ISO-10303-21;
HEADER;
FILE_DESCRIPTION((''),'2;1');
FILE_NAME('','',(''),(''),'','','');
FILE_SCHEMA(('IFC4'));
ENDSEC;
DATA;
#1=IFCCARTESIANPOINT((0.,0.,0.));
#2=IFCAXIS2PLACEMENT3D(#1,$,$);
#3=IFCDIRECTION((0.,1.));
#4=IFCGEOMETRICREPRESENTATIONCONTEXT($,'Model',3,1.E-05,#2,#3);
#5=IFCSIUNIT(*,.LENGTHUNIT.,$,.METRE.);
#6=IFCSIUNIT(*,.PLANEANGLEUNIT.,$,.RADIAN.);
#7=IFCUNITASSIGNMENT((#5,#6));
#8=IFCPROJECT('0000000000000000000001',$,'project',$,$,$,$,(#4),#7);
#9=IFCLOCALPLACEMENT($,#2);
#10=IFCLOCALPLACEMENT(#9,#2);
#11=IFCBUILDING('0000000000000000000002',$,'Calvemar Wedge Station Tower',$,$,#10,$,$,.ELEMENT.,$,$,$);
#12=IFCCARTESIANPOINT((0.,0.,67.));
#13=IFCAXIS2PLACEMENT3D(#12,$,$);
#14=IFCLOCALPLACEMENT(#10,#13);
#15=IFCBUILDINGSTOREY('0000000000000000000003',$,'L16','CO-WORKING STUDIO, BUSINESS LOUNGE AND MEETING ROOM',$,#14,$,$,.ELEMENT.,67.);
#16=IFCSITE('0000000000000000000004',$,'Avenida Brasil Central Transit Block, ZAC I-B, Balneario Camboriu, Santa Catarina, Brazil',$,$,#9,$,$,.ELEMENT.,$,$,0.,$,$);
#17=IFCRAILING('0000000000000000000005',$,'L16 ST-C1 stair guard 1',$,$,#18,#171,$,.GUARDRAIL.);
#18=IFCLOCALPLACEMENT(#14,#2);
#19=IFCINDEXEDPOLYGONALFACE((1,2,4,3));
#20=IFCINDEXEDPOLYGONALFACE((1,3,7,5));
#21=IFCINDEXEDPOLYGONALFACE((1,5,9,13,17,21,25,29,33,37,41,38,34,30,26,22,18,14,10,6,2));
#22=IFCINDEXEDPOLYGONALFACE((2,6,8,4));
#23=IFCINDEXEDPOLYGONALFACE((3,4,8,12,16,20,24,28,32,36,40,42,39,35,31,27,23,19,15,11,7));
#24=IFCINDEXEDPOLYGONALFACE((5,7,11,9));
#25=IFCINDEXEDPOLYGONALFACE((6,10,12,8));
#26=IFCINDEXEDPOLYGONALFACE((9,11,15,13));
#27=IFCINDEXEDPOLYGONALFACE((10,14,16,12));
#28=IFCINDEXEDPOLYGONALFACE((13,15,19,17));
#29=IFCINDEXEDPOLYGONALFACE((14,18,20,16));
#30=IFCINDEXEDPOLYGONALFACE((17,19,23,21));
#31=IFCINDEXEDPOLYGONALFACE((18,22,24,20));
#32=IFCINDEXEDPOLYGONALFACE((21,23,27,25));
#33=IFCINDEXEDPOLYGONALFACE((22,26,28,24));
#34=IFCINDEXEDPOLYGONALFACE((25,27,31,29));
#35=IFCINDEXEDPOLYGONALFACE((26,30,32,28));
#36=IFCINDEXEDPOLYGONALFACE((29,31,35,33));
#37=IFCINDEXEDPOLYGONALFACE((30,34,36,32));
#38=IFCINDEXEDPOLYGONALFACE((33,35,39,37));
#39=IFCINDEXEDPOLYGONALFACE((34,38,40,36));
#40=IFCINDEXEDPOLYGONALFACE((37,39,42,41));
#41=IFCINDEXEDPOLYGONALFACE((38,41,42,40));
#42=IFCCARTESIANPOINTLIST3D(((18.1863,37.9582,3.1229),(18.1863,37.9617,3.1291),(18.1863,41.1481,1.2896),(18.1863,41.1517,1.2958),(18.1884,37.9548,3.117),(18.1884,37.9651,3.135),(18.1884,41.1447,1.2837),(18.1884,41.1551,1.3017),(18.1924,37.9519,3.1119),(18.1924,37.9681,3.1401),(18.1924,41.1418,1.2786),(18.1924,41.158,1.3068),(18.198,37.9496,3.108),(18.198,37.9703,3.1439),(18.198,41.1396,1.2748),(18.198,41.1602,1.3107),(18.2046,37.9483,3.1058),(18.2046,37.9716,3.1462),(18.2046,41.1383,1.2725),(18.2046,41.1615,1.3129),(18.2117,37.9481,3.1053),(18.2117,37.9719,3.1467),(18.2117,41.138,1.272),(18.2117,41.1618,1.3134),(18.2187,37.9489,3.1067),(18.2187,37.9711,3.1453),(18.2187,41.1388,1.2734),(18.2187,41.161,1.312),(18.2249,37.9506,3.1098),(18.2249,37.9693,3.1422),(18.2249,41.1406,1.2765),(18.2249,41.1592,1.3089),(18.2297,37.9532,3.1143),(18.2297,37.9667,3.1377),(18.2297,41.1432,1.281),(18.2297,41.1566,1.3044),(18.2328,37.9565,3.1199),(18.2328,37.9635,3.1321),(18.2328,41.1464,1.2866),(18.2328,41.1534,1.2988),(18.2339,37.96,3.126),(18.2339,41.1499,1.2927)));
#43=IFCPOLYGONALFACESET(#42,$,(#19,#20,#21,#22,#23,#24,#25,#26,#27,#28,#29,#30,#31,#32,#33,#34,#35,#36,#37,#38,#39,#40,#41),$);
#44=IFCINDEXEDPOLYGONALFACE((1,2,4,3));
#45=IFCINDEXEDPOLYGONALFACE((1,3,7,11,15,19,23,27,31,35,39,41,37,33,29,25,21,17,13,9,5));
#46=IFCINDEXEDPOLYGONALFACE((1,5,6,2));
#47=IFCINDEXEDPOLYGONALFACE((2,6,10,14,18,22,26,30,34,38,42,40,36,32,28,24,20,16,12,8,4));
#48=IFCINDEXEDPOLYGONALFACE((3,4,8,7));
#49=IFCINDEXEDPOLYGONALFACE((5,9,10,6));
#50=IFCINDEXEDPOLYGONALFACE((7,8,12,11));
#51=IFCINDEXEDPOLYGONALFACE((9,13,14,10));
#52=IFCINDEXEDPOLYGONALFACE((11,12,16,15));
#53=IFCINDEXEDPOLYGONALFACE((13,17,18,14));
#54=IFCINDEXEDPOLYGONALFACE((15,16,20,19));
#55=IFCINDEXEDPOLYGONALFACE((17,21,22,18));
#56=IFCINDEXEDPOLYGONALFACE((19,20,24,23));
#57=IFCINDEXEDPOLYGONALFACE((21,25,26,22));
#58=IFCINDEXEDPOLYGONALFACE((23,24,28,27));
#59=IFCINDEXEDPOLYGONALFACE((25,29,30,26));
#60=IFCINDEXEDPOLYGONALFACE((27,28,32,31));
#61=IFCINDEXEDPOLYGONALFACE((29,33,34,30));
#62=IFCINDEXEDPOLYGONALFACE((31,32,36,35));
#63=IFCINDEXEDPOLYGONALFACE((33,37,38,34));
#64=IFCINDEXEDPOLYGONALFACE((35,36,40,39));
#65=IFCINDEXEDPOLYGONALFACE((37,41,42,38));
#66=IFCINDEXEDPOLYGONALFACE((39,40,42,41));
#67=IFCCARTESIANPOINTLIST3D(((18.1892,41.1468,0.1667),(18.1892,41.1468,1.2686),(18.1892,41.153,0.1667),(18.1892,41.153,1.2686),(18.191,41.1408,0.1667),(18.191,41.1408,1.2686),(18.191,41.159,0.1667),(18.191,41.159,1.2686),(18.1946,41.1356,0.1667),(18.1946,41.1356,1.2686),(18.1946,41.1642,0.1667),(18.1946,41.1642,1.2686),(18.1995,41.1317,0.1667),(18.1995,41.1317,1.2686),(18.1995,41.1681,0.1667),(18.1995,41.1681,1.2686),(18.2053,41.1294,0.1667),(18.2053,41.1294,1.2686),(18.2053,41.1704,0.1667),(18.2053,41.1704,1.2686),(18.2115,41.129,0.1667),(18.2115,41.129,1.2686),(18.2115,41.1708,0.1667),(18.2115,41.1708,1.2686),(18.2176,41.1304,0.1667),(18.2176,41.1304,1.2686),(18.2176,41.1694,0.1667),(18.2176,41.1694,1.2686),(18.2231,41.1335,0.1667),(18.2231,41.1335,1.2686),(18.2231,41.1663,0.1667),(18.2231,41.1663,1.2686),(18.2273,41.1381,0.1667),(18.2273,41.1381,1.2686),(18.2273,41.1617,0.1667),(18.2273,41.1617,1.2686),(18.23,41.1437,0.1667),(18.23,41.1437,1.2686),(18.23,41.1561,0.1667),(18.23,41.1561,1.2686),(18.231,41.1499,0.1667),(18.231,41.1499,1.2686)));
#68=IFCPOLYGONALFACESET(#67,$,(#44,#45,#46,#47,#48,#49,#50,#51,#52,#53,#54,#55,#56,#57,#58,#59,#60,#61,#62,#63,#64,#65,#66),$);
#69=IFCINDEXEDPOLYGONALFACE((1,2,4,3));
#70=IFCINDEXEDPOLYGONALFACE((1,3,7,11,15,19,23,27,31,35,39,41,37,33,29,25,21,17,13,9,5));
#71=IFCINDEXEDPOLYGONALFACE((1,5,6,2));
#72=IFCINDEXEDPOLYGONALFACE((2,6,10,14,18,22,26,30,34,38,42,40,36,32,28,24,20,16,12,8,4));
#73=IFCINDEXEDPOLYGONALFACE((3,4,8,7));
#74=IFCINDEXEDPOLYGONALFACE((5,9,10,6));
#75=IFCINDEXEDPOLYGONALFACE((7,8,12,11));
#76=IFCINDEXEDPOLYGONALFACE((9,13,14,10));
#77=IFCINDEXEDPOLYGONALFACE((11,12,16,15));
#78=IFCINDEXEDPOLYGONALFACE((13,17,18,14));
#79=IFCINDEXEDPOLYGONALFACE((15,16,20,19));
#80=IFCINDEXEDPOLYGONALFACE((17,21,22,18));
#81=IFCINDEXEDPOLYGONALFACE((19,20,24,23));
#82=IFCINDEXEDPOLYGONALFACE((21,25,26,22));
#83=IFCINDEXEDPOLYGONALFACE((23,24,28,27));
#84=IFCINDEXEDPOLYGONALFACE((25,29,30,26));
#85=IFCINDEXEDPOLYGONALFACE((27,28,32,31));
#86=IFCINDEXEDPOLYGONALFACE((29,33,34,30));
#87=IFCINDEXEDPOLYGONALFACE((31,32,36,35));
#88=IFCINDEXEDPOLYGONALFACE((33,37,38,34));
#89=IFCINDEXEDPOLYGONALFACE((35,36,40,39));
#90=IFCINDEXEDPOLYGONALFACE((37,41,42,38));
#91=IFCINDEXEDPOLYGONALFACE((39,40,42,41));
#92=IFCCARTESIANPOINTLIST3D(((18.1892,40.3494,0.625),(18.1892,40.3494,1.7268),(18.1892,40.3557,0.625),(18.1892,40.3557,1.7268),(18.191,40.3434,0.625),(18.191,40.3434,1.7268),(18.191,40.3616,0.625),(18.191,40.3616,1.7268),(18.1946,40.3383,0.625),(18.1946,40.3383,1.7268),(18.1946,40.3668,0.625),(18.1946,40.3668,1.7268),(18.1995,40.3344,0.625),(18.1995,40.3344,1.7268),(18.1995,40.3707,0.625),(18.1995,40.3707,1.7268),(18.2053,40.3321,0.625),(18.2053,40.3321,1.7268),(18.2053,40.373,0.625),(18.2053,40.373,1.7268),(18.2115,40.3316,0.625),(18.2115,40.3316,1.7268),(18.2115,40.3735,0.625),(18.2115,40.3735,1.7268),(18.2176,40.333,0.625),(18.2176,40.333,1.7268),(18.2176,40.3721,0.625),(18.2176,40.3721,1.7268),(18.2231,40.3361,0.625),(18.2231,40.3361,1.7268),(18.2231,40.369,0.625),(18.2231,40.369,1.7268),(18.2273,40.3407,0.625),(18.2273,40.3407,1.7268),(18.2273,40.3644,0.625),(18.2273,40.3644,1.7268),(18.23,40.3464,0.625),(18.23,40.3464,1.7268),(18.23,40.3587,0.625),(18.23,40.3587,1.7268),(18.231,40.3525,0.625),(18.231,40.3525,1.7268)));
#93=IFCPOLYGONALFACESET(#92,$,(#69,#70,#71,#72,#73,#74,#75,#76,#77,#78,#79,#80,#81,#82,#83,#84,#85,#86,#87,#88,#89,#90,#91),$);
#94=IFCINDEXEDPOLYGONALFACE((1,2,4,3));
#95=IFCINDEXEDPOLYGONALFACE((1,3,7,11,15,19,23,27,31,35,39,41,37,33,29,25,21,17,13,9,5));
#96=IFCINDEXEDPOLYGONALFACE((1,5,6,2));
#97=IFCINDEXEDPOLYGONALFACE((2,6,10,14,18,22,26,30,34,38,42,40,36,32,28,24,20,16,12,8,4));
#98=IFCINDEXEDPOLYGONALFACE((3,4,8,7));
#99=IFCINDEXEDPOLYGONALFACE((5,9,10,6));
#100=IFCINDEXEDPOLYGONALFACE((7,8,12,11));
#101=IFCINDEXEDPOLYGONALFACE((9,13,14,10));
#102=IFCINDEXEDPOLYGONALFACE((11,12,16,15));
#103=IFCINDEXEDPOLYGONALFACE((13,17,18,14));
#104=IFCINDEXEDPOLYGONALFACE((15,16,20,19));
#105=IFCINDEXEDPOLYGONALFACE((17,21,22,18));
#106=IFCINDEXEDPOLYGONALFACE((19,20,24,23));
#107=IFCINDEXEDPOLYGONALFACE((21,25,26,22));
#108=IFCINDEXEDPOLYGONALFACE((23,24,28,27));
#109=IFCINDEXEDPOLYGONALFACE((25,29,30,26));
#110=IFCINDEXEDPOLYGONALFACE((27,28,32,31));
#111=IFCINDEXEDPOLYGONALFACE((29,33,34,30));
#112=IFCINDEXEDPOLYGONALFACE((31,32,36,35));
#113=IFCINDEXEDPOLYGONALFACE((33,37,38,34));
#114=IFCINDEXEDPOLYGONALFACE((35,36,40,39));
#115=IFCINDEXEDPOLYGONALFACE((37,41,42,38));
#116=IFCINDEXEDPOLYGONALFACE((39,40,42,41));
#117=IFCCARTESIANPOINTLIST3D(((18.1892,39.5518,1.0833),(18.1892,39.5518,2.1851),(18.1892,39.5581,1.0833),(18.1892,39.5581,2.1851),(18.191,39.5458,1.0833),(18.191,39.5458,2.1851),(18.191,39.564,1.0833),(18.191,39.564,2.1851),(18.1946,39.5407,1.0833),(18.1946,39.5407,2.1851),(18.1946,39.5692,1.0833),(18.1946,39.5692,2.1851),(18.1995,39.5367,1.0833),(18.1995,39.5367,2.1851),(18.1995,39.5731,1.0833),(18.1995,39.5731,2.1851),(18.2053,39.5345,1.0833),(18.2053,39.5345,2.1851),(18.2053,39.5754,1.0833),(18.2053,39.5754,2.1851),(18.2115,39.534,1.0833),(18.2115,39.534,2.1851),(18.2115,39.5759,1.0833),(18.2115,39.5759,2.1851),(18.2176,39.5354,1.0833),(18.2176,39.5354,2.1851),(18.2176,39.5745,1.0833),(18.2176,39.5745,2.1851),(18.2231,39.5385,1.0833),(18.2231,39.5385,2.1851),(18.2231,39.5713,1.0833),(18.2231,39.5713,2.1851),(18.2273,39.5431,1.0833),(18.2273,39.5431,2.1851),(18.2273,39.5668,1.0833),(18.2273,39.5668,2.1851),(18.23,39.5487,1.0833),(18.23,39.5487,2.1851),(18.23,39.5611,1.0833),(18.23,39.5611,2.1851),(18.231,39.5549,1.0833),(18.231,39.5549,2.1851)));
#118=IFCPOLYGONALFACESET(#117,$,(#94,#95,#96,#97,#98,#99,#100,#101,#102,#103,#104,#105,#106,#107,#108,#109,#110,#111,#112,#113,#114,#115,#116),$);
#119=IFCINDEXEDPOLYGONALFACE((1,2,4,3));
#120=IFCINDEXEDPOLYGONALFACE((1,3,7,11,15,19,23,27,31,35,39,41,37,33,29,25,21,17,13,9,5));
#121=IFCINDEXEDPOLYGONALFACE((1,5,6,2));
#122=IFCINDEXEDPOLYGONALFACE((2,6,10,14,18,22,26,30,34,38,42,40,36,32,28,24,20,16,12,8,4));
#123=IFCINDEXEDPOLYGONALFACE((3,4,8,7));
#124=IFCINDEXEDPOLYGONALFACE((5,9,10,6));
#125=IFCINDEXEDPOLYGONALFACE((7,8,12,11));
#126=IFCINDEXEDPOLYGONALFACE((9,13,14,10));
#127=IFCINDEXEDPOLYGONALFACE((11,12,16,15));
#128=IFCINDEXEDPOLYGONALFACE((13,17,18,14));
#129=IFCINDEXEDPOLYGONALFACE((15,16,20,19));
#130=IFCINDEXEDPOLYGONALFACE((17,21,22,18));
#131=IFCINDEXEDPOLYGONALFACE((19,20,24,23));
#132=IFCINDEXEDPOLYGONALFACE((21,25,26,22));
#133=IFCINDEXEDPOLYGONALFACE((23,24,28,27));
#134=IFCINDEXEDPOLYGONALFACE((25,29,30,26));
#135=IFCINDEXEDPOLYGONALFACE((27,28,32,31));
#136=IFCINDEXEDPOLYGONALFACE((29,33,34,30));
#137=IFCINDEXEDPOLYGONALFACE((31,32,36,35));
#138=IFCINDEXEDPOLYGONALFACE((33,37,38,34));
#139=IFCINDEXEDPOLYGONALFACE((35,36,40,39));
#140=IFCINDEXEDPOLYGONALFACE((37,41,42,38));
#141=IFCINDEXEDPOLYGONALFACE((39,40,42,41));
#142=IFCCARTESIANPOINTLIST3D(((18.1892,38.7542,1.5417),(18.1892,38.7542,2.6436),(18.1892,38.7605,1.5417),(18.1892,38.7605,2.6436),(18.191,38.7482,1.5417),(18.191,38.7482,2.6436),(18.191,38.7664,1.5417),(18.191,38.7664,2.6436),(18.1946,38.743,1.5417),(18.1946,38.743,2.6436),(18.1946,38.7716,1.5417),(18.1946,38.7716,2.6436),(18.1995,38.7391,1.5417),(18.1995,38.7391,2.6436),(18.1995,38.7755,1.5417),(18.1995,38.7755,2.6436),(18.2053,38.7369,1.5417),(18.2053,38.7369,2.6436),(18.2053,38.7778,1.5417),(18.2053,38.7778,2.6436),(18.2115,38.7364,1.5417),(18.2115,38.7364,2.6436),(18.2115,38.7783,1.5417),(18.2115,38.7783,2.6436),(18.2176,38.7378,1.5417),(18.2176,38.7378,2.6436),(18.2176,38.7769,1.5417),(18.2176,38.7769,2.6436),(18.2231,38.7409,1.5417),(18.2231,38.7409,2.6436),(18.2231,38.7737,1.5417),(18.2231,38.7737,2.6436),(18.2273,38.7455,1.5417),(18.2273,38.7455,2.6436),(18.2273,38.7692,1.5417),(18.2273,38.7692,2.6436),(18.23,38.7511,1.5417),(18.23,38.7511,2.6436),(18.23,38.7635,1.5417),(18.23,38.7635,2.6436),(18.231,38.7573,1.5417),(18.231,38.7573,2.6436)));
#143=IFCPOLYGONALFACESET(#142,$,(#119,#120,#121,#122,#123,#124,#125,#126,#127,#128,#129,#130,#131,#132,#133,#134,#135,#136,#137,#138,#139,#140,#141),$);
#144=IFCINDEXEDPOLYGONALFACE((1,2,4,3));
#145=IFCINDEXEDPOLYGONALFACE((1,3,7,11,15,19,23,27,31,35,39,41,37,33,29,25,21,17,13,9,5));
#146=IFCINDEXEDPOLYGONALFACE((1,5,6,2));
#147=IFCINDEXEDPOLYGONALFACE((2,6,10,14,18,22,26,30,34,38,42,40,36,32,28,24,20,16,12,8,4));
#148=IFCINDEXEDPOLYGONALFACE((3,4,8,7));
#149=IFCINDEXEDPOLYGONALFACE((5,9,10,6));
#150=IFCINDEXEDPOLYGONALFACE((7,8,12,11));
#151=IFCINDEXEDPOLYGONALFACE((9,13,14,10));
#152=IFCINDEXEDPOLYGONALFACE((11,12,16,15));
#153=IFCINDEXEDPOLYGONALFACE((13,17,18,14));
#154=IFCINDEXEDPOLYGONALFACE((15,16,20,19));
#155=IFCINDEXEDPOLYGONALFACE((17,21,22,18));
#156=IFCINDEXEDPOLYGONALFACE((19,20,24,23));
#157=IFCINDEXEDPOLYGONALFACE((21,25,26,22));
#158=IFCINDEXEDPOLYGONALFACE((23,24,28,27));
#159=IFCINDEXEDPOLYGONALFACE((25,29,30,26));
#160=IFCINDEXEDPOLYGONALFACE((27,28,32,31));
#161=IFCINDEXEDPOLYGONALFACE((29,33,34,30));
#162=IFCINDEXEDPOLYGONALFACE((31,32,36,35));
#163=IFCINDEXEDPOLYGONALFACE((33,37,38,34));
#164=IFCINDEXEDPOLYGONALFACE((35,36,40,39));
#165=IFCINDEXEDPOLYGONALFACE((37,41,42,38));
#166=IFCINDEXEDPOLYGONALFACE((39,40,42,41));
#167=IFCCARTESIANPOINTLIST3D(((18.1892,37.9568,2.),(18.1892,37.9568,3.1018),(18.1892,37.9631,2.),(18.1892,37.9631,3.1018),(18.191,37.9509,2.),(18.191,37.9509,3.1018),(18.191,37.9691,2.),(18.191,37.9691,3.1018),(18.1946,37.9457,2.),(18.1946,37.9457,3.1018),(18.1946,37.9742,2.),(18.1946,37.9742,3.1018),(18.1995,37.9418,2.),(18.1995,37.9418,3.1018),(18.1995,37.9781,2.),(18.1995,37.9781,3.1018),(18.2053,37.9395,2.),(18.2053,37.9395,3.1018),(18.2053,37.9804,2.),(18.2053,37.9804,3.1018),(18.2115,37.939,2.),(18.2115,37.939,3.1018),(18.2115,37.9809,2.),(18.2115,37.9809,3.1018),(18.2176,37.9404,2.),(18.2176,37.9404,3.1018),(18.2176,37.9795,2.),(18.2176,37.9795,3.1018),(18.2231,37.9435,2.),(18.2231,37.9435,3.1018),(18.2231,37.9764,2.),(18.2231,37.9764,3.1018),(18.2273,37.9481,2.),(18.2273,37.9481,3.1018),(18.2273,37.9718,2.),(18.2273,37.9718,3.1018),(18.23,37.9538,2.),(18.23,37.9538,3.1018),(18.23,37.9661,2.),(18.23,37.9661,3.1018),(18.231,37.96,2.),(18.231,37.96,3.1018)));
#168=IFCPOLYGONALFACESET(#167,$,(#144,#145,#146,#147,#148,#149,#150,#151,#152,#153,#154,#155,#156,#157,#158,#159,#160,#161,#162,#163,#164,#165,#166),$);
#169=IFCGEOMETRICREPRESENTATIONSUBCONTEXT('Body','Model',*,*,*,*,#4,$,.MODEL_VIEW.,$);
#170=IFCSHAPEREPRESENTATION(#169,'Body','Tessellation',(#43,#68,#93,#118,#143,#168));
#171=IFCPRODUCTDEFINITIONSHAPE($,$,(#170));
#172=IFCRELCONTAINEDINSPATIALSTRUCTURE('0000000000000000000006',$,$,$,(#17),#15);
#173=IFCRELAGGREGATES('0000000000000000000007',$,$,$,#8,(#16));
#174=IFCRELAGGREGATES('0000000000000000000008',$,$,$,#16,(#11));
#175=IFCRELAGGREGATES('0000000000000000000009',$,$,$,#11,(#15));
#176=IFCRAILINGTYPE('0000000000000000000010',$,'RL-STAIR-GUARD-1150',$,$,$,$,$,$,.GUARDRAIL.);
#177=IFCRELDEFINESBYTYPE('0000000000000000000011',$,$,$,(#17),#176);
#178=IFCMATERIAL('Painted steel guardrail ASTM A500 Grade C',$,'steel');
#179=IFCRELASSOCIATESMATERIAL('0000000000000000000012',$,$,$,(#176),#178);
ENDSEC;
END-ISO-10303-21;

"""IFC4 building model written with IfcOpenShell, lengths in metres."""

from ifc_helpers import new_model, si_unit, direction, frame, origin, origin_2d, place, context, subcontext, project, spatial, circle, extrude, material, type_object, element, save


model = new_model("IFC4")

# Units and contexts
model_context = context("Model", 3, precision=1e-05, world=origin(), true_north=direction((0.0, 1.0)))
body_context = subcontext(model_context, "Body", "Model", "MODEL_VIEW")
ifc_project = project(units=[si_unit("LENGTHUNIT", "METRE"), si_unit("PLANEANGLEUNIT", "RADIAN")], contexts=[model_context])

# Site, building, storey
site_placement = place(None, origin())
site = spatial("IfcSite", under=ifc_project, at=site_placement, Name="Avenida Brasil Central Transit Block, ZAC I-B, Balneario Camboriu, Santa Catarina, Brazil", CompositionType="ELEMENT", RefElevation=0.0)
building_placement = place(site_placement, origin())
building = spatial("IfcBuilding", under=site, at=building_placement, Name="Calvemar Wedge Station Tower", CompositionType="ELEMENT")
storey_placement = place(building_placement, frame((0.0, 0.0, 67.0)))
storey = spatial("IfcBuildingStorey", under=building, at=storey_placement, Name="L16", Description="CO-WORKING STUDIO, BUSINESS LOUNGE AND MEETING ROOM", CompositionType="ELEMENT", Elevation=67.0)

# Railing
ifc_material_1 = material(Name="Painted steel guardrail ASTM A500 Grade C", Category="steel")
railing_type = type_object("IfcRailingType", Name="RL-STAIR-GUARD-1150", PredefinedType="GUARDRAIL", material=ifc_material_1)
railing_1_placement = place(storey_placement, frame((18.21, 41.1499, 0.1667)))
element("IfcRailing", 1, at=railing_1_placement, inside=storey, type_object=railing_type, Name="L16 ST-C1 stair guard 1", PredefinedType="GUARDRAIL", context=body_context, shape_type="SweptSolid", body=[
    extrude(circle(Radius=0.0239, at=origin_2d()), frame((0.0, 0.0, 1.126), z_axis=(0.0, -0.86702, 0.498274), x_axis=(1.0, 0.0, 0.0)), (0.0, 0.0, 1.0), 3.6792),
    extrude(circle(Radius=0.021, at=origin_2d()), origin(), (0.0, 0.0, 1.0), 1.1018),
    extrude(circle(Radius=0.021, at=origin_2d()), frame((0.0, -0.7974, 0.4583)), (0.0, 0.0, 1.0), 1.1018),
    extrude(circle(Radius=0.021, at=origin_2d()), frame((0.0, -1.595, 0.9165)), (0.0, 0.0, 1.0), 1.1018),
    extrude(circle(Radius=0.021, at=origin_2d()), frame((0.0, -2.3926, 1.375)), (0.0, 0.0, 1.0), 1.1018),
    extrude(circle(Radius=0.021, at=origin_2d()), frame((0.0, -3.1899, 1.8333)), (0.0, 0.0, 1.0), 1.1018),
])

save(model, "model.ifc")
